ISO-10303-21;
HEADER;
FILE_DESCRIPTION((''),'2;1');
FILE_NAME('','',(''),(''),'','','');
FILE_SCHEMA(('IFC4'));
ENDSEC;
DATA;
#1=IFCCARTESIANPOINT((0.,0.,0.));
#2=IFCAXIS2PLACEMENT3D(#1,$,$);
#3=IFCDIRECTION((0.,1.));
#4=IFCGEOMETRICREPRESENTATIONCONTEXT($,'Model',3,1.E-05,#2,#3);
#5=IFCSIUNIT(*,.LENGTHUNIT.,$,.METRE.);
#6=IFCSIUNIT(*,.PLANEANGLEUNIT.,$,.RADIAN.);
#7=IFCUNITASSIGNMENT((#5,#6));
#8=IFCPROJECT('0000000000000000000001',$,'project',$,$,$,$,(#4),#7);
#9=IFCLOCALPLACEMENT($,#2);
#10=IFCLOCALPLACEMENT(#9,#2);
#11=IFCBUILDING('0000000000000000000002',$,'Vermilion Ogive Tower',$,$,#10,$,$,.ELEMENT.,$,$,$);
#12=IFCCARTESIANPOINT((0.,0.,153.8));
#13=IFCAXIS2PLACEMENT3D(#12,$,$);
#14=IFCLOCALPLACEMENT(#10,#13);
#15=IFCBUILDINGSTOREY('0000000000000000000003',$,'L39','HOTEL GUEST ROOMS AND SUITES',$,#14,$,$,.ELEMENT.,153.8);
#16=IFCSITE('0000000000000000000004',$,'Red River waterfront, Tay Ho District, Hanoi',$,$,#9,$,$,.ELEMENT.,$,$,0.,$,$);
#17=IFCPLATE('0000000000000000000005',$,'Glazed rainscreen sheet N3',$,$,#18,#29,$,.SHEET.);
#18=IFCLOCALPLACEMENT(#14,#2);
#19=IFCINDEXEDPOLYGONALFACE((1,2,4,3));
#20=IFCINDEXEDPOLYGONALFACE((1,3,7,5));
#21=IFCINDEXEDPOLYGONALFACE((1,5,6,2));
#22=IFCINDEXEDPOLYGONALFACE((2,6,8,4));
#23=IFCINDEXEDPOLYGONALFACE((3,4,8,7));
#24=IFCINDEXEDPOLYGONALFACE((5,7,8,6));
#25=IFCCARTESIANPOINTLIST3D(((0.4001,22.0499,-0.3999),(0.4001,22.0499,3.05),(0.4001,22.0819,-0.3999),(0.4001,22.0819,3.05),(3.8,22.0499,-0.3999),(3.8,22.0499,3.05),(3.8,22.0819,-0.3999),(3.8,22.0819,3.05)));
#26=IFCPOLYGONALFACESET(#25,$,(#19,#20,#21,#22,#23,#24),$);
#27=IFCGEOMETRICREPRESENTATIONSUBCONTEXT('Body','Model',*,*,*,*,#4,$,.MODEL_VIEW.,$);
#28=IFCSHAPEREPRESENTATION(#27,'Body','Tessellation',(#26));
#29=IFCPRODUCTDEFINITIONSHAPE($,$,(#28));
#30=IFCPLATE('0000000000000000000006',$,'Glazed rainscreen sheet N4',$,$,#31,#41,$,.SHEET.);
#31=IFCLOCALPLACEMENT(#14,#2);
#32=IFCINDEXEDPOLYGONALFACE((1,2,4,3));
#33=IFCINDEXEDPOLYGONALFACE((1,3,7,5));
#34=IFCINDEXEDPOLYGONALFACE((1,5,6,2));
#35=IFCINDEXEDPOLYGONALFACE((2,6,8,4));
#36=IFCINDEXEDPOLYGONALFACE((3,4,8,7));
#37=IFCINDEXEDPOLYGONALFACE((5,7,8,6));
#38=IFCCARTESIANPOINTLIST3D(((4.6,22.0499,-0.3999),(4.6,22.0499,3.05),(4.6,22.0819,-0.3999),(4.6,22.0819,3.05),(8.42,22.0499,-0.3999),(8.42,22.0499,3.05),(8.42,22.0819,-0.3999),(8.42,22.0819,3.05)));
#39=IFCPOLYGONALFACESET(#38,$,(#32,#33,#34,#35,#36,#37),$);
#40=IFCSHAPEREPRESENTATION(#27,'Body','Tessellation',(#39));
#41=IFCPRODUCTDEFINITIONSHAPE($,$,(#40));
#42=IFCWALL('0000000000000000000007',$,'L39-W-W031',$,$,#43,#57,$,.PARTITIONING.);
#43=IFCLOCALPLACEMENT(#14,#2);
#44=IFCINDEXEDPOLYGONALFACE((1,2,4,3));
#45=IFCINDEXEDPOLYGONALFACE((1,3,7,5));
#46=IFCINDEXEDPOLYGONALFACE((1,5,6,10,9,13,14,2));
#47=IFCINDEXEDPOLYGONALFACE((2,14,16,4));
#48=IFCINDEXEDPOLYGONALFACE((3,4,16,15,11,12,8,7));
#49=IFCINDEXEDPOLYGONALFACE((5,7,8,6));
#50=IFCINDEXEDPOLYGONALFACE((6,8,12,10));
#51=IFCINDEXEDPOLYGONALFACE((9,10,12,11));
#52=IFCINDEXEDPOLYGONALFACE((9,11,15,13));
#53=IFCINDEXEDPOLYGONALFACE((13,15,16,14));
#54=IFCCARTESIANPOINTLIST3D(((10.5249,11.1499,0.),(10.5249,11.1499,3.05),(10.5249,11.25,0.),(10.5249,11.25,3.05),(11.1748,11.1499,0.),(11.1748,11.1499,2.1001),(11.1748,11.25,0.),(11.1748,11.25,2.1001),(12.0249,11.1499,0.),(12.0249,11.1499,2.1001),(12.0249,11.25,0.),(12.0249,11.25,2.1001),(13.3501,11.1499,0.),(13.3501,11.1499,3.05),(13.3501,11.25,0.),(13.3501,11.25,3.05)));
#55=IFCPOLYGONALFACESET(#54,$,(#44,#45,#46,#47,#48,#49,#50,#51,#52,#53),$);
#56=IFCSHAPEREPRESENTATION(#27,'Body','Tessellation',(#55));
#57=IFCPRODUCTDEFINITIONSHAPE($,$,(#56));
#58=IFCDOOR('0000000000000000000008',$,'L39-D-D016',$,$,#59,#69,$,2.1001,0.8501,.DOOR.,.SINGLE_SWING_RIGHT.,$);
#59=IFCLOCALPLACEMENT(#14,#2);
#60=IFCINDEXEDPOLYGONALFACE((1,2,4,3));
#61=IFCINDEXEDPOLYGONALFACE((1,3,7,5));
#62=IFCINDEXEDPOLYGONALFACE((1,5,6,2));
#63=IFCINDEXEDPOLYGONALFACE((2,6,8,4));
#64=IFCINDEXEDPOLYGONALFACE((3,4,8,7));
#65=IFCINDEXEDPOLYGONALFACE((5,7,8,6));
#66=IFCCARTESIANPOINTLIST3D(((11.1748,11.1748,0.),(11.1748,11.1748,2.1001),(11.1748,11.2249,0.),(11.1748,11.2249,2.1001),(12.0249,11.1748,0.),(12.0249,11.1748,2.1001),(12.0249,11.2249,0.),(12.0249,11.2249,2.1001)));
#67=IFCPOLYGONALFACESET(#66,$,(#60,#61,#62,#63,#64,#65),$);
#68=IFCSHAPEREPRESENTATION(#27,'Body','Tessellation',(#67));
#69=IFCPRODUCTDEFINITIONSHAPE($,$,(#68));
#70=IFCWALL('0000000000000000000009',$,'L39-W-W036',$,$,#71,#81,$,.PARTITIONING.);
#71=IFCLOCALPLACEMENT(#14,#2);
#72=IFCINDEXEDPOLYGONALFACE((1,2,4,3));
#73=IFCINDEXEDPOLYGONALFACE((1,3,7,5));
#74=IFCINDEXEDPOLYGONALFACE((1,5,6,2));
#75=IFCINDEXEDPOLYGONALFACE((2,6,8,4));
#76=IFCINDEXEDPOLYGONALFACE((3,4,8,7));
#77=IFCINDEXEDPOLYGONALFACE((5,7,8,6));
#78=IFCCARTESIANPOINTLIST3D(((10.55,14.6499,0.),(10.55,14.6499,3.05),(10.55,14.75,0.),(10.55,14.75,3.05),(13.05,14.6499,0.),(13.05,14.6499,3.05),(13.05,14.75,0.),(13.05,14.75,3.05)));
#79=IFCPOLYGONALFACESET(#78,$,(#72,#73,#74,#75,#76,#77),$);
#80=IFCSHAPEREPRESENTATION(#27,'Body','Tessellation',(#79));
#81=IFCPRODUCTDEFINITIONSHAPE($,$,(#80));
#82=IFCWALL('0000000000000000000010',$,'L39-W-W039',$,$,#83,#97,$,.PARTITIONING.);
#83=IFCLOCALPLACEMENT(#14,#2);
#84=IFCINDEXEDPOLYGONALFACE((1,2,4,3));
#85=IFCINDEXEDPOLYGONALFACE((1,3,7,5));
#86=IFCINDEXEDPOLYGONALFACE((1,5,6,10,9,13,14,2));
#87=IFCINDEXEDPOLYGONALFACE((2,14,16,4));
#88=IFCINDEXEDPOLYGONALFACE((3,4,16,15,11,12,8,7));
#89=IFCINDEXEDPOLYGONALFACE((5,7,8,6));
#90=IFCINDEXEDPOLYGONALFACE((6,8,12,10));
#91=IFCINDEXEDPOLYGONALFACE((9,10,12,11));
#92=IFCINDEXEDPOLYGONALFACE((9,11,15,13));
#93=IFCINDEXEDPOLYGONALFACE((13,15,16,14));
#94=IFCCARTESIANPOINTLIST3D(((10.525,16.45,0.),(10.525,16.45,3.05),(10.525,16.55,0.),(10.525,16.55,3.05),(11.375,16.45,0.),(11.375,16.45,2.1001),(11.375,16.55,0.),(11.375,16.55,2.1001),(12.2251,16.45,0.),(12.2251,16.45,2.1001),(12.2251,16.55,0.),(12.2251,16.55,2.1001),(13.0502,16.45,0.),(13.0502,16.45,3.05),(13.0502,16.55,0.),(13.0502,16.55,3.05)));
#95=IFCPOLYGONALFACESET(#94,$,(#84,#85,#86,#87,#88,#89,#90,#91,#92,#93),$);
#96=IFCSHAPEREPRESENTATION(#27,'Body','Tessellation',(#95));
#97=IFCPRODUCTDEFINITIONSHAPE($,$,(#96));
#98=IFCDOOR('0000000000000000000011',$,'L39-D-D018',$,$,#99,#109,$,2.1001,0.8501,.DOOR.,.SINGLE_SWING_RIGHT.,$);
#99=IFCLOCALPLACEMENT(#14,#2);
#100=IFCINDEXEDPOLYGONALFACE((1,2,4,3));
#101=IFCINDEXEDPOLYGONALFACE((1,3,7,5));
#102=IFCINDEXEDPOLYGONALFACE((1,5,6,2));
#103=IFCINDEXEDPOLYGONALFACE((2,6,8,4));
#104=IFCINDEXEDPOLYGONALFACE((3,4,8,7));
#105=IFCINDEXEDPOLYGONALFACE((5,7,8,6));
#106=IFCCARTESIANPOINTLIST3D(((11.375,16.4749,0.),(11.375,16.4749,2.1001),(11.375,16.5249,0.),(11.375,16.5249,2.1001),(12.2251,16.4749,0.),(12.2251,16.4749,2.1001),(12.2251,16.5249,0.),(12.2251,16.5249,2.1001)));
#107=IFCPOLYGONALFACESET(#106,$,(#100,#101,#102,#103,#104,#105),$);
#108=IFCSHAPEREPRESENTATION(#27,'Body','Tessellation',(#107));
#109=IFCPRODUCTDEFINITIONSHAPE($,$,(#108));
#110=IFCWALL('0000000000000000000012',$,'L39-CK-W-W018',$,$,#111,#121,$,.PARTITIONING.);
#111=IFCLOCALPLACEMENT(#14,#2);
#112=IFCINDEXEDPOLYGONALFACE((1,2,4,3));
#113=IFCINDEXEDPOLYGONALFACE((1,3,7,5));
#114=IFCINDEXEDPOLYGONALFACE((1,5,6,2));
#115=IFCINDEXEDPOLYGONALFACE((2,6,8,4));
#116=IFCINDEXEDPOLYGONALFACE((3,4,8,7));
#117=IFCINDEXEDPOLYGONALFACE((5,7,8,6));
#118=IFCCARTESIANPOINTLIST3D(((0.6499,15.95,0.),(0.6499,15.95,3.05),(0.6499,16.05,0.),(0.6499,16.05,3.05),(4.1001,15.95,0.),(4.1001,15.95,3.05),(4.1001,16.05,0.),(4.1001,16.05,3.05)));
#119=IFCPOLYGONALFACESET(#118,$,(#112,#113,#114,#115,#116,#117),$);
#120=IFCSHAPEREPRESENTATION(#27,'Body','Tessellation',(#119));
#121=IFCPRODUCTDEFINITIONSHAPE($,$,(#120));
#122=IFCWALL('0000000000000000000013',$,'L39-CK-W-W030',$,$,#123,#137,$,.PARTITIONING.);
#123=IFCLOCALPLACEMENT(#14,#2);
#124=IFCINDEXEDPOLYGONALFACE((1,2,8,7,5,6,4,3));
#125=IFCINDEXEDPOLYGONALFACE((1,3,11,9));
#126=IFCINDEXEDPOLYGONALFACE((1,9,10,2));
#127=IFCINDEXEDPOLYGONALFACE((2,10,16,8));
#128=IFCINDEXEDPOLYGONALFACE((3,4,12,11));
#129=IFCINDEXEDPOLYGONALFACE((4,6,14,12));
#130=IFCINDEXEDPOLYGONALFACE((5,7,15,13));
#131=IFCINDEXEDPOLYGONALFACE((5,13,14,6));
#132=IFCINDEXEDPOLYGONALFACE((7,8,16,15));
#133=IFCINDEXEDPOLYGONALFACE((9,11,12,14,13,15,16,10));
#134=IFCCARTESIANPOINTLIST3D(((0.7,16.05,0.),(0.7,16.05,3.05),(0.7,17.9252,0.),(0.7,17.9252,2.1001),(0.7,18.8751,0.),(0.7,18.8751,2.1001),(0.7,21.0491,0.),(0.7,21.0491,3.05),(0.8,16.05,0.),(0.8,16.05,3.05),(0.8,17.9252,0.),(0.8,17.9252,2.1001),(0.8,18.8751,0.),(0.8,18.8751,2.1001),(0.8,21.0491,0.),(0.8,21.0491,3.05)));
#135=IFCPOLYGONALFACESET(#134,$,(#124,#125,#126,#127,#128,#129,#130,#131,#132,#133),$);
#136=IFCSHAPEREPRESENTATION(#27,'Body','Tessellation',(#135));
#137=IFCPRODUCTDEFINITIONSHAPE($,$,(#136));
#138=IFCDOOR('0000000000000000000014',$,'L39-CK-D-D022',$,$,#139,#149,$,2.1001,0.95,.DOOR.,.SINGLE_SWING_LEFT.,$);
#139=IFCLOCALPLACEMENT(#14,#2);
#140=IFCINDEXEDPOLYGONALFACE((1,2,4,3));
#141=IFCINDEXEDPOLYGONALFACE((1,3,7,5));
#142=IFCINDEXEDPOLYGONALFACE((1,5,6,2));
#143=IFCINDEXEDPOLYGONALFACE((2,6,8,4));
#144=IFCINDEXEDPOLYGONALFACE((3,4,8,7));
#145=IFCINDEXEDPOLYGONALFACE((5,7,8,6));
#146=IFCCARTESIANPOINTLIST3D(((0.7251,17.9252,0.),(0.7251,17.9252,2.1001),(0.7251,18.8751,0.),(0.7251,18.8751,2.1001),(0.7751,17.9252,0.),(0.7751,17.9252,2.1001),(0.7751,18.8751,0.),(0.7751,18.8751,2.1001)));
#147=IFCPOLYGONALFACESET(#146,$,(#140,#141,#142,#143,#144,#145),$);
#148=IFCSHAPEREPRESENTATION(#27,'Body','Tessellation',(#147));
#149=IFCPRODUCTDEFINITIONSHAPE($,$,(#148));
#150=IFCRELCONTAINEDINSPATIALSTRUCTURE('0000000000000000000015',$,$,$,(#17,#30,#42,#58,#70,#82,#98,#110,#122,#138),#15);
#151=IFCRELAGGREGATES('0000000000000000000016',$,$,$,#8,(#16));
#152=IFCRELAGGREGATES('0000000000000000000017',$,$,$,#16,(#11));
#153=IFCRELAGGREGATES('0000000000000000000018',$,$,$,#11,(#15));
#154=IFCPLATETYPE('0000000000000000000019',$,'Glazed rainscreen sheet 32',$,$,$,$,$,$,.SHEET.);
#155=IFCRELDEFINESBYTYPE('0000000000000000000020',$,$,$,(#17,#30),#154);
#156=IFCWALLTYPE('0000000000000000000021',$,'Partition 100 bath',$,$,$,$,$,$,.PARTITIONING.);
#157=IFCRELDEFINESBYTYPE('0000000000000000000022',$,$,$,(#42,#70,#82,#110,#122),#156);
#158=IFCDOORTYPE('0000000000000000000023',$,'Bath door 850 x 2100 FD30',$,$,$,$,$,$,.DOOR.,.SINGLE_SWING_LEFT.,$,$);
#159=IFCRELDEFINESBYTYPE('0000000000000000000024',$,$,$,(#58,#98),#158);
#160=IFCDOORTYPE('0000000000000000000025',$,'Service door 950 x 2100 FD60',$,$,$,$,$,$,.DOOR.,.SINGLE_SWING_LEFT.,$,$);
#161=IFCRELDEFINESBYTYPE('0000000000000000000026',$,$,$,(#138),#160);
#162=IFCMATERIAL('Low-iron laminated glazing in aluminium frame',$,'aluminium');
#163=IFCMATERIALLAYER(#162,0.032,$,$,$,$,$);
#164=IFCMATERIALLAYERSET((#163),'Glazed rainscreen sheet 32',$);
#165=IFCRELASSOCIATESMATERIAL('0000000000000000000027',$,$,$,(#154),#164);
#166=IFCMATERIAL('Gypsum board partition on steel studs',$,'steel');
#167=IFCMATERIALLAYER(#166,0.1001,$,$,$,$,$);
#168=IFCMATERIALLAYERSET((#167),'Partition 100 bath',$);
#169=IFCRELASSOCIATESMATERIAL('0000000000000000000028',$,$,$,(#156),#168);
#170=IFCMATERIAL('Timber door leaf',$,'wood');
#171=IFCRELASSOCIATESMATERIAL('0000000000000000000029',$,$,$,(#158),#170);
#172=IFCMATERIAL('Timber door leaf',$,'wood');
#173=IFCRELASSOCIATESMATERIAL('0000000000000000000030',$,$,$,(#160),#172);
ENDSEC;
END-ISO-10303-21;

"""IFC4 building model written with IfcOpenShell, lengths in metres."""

from ifc_helpers import new_model, si_unit, direction, frame, frame_2d, origin, origin_2d, place, context, subcontext, project, spatial, rectangle, extrude, material, layer, layer_set, type_object, element, fill, save


model = new_model("IFC4")

# Units and contexts
model_context = context("Model", 3, precision=1e-05, world=origin(), true_north=direction((0.0, 1.0)))
body_context = subcontext(model_context, "Body", "Model", "MODEL_VIEW")
ifc_project = project(units=[si_unit("LENGTHUNIT", "METRE"), si_unit("PLANEANGLEUNIT", "RADIAN")], contexts=[model_context])

# Site, building, storey
site_placement = place(None, origin())
site = spatial("IfcSite", under=ifc_project, at=site_placement, Name="Red River waterfront, Tay Ho District, Hanoi", CompositionType="ELEMENT", RefElevation=0.0)
building_placement = place(site_placement, origin())
building = spatial("IfcBuilding", under=site, at=building_placement, Name="Vermilion Ogive Tower", CompositionType="ELEMENT")
storey_placement = place(building_placement, frame((0.0, 0.0, 153.8)))
storey = spatial("IfcBuildingStorey", under=building, at=storey_placement, Name="L39", Description="HOTEL GUEST ROOMS AND SUITES", CompositionType="ELEMENT", Elevation=153.8)

# Plates
ifc_material_1 = material(Name="Low-iron laminated glazing in aluminium frame", Category="aluminium")
ifc_layer_1 = layer(ifc_material_1, 0.032)
ifc_layer_set_1 = layer_set([ifc_layer_1], Name="Glazed rainscreen sheet 32")
plate_type = type_object("IfcPlateType", Name="Glazed rainscreen sheet 32", PredefinedType="SHEET", material=ifc_layer_set_1)
plate_1_placement = place(storey_placement, frame((2.1001, 22.0659, -0.3999), z_axis=(0.0, 0.0, 1.0), x_axis=(1.0, 0.0, 0.0)))
element("IfcPlate", 1, at=plate_1_placement, inside=storey, type_object=plate_type, Name="Glazed rainscreen sheet N3", PredefinedType="SHEET", context=body_context, shape_type="SweptSolid", body=[
    extrude(rectangle(XDim=3.3999, YDim=0.032, at=origin_2d()), origin(), (0.0, 0.0, 1.0), 3.45),
])
plate_2_placement = place(storey_placement, frame((6.51, 22.0659, -0.3999), z_axis=(0.0, 0.0, 1.0), x_axis=(1.0, 0.0, 0.0)))
element("IfcPlate", 2, at=plate_2_placement, inside=storey, type_object=plate_type, Name="Glazed rainscreen sheet N4", PredefinedType="SHEET", context=body_context, shape_type="SweptSolid", body=[
    extrude(rectangle(XDim=3.8201, YDim=0.032, at=origin_2d()), origin(), (0.0, 0.0, 1.0), 3.45),
])

# Wall, opening, door
ifc_material_2 = material(Name="Gypsum board partition on steel studs", Category="steel")
ifc_layer_2 = layer(ifc_material_2, 0.1001)
ifc_layer_set_2 = layer_set([ifc_layer_2], Name="Partition 100 bath")
wall_type_1 = type_object("IfcWallType", Name="Partition 100 bath", PredefinedType="PARTITIONING", material=ifc_layer_set_2)
wall_1_placement = place(storey_placement, frame((10.5249, 11.2, 0.0), z_axis=(0.0, 0.0, 1.0), x_axis=(1.0, 0.0, 0.0)))
wall_1 = element("IfcWall", 3, at=wall_1_placement, inside=storey, type_object=wall_type_1, Name="L39-W-W031", PredefinedType="PARTITIONING", context=body_context, shape_type="SweptSolid", body=[
    extrude(rectangle(XDim=2.8252, YDim=0.1001, at=frame_2d((1.4126, 0.0))), origin(), (0.0, 0.0, 1.0), 3.05),
])
opening_1_placement = place(wall_1_placement, frame((0.6499, 0.0, 0.0)))
opening_1 = element("IfcOpeningElement", 4, at=opening_1_placement, cuts=wall_1, PredefinedType="OPENING", context=body_context, shape_type="SweptSolid", body=[
    extrude(rectangle(XDim=0.8501, YDim=2.1001, at=frame_2d((0.425, 1.05))), frame((0.0, 0.0601, 0.0), z_axis=(0.0, -1.0, 0.0), x_axis=(1.0, 0.0, 0.0)), (0.0, 0.0, 1.0), 0.1201),
])
ifc_material_3 = material(Name="Timber door leaf", Category="wood")
door_type_1 = type_object("IfcDoorType", Name="Bath door 850 x 2100 FD30", OperationType="SINGLE_SWING_LEFT", PredefinedType="DOOR", material=ifc_material_3)
door_1_placement = place(opening_1_placement, origin())
door_1 = element("IfcDoor", 5, at=door_1_placement, inside=storey, type_object=door_type_1, Name="L39-D-D016", OperationType="SINGLE_SWING_RIGHT", OverallHeight=2.1001, OverallWidth=0.8501, PredefinedType="DOOR", context=body_context, shape_type="SweptSolid", body=[
    extrude(rectangle(XDim=0.8501, YDim=2.1001, at=frame_2d((0.425, 1.05))), frame((0.0, 0.0249, 0.0), z_axis=(0.0, -1.0, 0.0), x_axis=(1.0, 0.0, 0.0)), (0.0, 0.0, 1.0), 0.05),
])
fill(opening_1, door_1)

# Wall
wall_2_placement = place(storey_placement, frame((10.55, 14.7, 0.0), z_axis=(0.0, 0.0, 1.0), x_axis=(1.0, 0.0, 0.0)))
element("IfcWall", 6, at=wall_2_placement, inside=storey, type_object=wall_type_1, Name="L39-W-W036", PredefinedType="PARTITIONING", context=body_context, shape_type="SweptSolid", body=[
    extrude(rectangle(XDim=2.5, YDim=0.1001, at=frame_2d((1.25, 0.0))), origin(), (0.0, 0.0, 1.0), 3.05),
])

# Wall, opening, door
wall_3_placement = place(storey_placement, frame((10.5249, 16.5, 0.0), z_axis=(0.0, 0.0, 1.0), x_axis=(1.0, 0.0, 0.0)))
wall_3 = element("IfcWall", 7, at=wall_3_placement, inside=storey, type_object=wall_type_1, Name="L39-W-W039", PredefinedType="PARTITIONING", context=body_context, shape_type="SweptSolid", body=[
    extrude(rectangle(XDim=2.5251, YDim=0.1001, at=frame_2d((1.2627, 0.0))), origin(), (0.0, 0.0, 1.0), 3.05),
])
opening_2_placement = place(wall_3_placement, frame((0.8501, 0.0, 0.0)))
opening_2 = element("IfcOpeningElement", 8, at=opening_2_placement, cuts=wall_3, PredefinedType="OPENING", context=body_context, shape_type="SweptSolid", body=[
    extrude(rectangle(XDim=0.8501, YDim=2.1001, at=frame_2d((0.425, 1.05))), frame((0.0, 0.0601, 0.0), z_axis=(0.0, -1.0, 0.0), x_axis=(1.0, 0.0, 0.0)), (0.0, 0.0, 1.0), 0.1201),
])
door_2_placement = place(opening_2_placement, origin())
door_2 = element("IfcDoor", 9, at=door_2_placement, inside=storey, type_object=door_type_1, Name="L39-D-D018", OperationType="SINGLE_SWING_RIGHT", OverallHeight=2.1001, OverallWidth=0.8501, PredefinedType="DOOR", context=body_context, shape_type="SweptSolid", body=[
    extrude(rectangle(XDim=0.8501, YDim=2.1001, at=frame_2d((0.425, 1.05))), frame((0.0, 0.0249, 0.0), z_axis=(0.0, -1.0, 0.0), x_axis=(1.0, 0.0, 0.0)), (0.0, 0.0, 1.0), 0.05),
])
fill(opening_2, door_2)

# Wall
wall_4_placement = place(storey_placement, frame((0.6499, 16.0, 0.0), z_axis=(0.0, 0.0, 1.0), x_axis=(1.0, 0.0, 0.0)))
element("IfcWall", 10, at=wall_4_placement, inside=storey, type_object=wall_type_1, Name="L39-CK-W-W018", PredefinedType="PARTITIONING", context=body_context, shape_type="SweptSolid", body=[
    extrude(rectangle(XDim=3.4502, YDim=0.1001, at=frame_2d((1.7251, 0.0))), origin(), (0.0, 0.0, 1.0), 3.05),
])

# Wall, opening, door
wall_5_placement = place(storey_placement, frame((0.75, 16.05, 0.0), z_axis=(0.0, 0.0, 1.0), x_axis=(0.0, 1.0, 0.0)))
wall_5 = element("IfcWall", 11, at=wall_5_placement, inside=storey, type_object=wall_type_1, Name="L39-CK-W-W030", PredefinedType="PARTITIONING", context=body_context, shape_type="SweptSolid", body=[
    extrude(rectangle(XDim=4.999, YDim=0.1001, at=frame_2d((2.4995, 0.0))), origin(), (0.0, 0.0, 1.0), 3.05),
])
opening_3_placement = place(wall_5_placement, frame((1.875, 0.0, 0.0)))
opening_3 = element("IfcOpeningElement", 12, at=opening_3_placement, cuts=wall_5, PredefinedType="OPENING", context=body_context, shape_type="SweptSolid", body=[
    extrude(rectangle(XDim=0.95, YDim=2.1001, at=frame_2d((0.4751, 1.05))), frame((0.0, 0.0601, 0.0), z_axis=(0.0, -1.0, 0.0), x_axis=(1.0, 0.0, 0.0)), (0.0, 0.0, 1.0), 0.1201),
])
ifc_material_4 = material(Name="Timber door leaf", Category="wood")
door_type_2 = type_object("IfcDoorType", Name="Service door 950 x 2100 FD60", OperationType="SINGLE_SWING_LEFT", PredefinedType="DOOR", material=ifc_material_4)
door_3_placement = place(opening_3_placement, origin())
door_3 = element("IfcDoor", 13, at=door_3_placement, inside=storey, type_object=door_type_2, Name="L39-CK-D-D022", OperationType="SINGLE_SWING_LEFT", OverallHeight=2.1001, OverallWidth=0.95, PredefinedType="DOOR", context=body_context, shape_type="SweptSolid", body=[
    extrude(rectangle(XDim=0.95, YDim=2.1001, at=frame_2d((0.4751, 1.05))), frame((0.0, 0.0249, 0.0), z_axis=(0.0, -1.0, 0.0), x_axis=(1.0, 0.0, 0.0)), (0.0, 0.0, 1.0), 0.05),
])
fill(opening_3, door_3)

save(model, "model.ifc")
